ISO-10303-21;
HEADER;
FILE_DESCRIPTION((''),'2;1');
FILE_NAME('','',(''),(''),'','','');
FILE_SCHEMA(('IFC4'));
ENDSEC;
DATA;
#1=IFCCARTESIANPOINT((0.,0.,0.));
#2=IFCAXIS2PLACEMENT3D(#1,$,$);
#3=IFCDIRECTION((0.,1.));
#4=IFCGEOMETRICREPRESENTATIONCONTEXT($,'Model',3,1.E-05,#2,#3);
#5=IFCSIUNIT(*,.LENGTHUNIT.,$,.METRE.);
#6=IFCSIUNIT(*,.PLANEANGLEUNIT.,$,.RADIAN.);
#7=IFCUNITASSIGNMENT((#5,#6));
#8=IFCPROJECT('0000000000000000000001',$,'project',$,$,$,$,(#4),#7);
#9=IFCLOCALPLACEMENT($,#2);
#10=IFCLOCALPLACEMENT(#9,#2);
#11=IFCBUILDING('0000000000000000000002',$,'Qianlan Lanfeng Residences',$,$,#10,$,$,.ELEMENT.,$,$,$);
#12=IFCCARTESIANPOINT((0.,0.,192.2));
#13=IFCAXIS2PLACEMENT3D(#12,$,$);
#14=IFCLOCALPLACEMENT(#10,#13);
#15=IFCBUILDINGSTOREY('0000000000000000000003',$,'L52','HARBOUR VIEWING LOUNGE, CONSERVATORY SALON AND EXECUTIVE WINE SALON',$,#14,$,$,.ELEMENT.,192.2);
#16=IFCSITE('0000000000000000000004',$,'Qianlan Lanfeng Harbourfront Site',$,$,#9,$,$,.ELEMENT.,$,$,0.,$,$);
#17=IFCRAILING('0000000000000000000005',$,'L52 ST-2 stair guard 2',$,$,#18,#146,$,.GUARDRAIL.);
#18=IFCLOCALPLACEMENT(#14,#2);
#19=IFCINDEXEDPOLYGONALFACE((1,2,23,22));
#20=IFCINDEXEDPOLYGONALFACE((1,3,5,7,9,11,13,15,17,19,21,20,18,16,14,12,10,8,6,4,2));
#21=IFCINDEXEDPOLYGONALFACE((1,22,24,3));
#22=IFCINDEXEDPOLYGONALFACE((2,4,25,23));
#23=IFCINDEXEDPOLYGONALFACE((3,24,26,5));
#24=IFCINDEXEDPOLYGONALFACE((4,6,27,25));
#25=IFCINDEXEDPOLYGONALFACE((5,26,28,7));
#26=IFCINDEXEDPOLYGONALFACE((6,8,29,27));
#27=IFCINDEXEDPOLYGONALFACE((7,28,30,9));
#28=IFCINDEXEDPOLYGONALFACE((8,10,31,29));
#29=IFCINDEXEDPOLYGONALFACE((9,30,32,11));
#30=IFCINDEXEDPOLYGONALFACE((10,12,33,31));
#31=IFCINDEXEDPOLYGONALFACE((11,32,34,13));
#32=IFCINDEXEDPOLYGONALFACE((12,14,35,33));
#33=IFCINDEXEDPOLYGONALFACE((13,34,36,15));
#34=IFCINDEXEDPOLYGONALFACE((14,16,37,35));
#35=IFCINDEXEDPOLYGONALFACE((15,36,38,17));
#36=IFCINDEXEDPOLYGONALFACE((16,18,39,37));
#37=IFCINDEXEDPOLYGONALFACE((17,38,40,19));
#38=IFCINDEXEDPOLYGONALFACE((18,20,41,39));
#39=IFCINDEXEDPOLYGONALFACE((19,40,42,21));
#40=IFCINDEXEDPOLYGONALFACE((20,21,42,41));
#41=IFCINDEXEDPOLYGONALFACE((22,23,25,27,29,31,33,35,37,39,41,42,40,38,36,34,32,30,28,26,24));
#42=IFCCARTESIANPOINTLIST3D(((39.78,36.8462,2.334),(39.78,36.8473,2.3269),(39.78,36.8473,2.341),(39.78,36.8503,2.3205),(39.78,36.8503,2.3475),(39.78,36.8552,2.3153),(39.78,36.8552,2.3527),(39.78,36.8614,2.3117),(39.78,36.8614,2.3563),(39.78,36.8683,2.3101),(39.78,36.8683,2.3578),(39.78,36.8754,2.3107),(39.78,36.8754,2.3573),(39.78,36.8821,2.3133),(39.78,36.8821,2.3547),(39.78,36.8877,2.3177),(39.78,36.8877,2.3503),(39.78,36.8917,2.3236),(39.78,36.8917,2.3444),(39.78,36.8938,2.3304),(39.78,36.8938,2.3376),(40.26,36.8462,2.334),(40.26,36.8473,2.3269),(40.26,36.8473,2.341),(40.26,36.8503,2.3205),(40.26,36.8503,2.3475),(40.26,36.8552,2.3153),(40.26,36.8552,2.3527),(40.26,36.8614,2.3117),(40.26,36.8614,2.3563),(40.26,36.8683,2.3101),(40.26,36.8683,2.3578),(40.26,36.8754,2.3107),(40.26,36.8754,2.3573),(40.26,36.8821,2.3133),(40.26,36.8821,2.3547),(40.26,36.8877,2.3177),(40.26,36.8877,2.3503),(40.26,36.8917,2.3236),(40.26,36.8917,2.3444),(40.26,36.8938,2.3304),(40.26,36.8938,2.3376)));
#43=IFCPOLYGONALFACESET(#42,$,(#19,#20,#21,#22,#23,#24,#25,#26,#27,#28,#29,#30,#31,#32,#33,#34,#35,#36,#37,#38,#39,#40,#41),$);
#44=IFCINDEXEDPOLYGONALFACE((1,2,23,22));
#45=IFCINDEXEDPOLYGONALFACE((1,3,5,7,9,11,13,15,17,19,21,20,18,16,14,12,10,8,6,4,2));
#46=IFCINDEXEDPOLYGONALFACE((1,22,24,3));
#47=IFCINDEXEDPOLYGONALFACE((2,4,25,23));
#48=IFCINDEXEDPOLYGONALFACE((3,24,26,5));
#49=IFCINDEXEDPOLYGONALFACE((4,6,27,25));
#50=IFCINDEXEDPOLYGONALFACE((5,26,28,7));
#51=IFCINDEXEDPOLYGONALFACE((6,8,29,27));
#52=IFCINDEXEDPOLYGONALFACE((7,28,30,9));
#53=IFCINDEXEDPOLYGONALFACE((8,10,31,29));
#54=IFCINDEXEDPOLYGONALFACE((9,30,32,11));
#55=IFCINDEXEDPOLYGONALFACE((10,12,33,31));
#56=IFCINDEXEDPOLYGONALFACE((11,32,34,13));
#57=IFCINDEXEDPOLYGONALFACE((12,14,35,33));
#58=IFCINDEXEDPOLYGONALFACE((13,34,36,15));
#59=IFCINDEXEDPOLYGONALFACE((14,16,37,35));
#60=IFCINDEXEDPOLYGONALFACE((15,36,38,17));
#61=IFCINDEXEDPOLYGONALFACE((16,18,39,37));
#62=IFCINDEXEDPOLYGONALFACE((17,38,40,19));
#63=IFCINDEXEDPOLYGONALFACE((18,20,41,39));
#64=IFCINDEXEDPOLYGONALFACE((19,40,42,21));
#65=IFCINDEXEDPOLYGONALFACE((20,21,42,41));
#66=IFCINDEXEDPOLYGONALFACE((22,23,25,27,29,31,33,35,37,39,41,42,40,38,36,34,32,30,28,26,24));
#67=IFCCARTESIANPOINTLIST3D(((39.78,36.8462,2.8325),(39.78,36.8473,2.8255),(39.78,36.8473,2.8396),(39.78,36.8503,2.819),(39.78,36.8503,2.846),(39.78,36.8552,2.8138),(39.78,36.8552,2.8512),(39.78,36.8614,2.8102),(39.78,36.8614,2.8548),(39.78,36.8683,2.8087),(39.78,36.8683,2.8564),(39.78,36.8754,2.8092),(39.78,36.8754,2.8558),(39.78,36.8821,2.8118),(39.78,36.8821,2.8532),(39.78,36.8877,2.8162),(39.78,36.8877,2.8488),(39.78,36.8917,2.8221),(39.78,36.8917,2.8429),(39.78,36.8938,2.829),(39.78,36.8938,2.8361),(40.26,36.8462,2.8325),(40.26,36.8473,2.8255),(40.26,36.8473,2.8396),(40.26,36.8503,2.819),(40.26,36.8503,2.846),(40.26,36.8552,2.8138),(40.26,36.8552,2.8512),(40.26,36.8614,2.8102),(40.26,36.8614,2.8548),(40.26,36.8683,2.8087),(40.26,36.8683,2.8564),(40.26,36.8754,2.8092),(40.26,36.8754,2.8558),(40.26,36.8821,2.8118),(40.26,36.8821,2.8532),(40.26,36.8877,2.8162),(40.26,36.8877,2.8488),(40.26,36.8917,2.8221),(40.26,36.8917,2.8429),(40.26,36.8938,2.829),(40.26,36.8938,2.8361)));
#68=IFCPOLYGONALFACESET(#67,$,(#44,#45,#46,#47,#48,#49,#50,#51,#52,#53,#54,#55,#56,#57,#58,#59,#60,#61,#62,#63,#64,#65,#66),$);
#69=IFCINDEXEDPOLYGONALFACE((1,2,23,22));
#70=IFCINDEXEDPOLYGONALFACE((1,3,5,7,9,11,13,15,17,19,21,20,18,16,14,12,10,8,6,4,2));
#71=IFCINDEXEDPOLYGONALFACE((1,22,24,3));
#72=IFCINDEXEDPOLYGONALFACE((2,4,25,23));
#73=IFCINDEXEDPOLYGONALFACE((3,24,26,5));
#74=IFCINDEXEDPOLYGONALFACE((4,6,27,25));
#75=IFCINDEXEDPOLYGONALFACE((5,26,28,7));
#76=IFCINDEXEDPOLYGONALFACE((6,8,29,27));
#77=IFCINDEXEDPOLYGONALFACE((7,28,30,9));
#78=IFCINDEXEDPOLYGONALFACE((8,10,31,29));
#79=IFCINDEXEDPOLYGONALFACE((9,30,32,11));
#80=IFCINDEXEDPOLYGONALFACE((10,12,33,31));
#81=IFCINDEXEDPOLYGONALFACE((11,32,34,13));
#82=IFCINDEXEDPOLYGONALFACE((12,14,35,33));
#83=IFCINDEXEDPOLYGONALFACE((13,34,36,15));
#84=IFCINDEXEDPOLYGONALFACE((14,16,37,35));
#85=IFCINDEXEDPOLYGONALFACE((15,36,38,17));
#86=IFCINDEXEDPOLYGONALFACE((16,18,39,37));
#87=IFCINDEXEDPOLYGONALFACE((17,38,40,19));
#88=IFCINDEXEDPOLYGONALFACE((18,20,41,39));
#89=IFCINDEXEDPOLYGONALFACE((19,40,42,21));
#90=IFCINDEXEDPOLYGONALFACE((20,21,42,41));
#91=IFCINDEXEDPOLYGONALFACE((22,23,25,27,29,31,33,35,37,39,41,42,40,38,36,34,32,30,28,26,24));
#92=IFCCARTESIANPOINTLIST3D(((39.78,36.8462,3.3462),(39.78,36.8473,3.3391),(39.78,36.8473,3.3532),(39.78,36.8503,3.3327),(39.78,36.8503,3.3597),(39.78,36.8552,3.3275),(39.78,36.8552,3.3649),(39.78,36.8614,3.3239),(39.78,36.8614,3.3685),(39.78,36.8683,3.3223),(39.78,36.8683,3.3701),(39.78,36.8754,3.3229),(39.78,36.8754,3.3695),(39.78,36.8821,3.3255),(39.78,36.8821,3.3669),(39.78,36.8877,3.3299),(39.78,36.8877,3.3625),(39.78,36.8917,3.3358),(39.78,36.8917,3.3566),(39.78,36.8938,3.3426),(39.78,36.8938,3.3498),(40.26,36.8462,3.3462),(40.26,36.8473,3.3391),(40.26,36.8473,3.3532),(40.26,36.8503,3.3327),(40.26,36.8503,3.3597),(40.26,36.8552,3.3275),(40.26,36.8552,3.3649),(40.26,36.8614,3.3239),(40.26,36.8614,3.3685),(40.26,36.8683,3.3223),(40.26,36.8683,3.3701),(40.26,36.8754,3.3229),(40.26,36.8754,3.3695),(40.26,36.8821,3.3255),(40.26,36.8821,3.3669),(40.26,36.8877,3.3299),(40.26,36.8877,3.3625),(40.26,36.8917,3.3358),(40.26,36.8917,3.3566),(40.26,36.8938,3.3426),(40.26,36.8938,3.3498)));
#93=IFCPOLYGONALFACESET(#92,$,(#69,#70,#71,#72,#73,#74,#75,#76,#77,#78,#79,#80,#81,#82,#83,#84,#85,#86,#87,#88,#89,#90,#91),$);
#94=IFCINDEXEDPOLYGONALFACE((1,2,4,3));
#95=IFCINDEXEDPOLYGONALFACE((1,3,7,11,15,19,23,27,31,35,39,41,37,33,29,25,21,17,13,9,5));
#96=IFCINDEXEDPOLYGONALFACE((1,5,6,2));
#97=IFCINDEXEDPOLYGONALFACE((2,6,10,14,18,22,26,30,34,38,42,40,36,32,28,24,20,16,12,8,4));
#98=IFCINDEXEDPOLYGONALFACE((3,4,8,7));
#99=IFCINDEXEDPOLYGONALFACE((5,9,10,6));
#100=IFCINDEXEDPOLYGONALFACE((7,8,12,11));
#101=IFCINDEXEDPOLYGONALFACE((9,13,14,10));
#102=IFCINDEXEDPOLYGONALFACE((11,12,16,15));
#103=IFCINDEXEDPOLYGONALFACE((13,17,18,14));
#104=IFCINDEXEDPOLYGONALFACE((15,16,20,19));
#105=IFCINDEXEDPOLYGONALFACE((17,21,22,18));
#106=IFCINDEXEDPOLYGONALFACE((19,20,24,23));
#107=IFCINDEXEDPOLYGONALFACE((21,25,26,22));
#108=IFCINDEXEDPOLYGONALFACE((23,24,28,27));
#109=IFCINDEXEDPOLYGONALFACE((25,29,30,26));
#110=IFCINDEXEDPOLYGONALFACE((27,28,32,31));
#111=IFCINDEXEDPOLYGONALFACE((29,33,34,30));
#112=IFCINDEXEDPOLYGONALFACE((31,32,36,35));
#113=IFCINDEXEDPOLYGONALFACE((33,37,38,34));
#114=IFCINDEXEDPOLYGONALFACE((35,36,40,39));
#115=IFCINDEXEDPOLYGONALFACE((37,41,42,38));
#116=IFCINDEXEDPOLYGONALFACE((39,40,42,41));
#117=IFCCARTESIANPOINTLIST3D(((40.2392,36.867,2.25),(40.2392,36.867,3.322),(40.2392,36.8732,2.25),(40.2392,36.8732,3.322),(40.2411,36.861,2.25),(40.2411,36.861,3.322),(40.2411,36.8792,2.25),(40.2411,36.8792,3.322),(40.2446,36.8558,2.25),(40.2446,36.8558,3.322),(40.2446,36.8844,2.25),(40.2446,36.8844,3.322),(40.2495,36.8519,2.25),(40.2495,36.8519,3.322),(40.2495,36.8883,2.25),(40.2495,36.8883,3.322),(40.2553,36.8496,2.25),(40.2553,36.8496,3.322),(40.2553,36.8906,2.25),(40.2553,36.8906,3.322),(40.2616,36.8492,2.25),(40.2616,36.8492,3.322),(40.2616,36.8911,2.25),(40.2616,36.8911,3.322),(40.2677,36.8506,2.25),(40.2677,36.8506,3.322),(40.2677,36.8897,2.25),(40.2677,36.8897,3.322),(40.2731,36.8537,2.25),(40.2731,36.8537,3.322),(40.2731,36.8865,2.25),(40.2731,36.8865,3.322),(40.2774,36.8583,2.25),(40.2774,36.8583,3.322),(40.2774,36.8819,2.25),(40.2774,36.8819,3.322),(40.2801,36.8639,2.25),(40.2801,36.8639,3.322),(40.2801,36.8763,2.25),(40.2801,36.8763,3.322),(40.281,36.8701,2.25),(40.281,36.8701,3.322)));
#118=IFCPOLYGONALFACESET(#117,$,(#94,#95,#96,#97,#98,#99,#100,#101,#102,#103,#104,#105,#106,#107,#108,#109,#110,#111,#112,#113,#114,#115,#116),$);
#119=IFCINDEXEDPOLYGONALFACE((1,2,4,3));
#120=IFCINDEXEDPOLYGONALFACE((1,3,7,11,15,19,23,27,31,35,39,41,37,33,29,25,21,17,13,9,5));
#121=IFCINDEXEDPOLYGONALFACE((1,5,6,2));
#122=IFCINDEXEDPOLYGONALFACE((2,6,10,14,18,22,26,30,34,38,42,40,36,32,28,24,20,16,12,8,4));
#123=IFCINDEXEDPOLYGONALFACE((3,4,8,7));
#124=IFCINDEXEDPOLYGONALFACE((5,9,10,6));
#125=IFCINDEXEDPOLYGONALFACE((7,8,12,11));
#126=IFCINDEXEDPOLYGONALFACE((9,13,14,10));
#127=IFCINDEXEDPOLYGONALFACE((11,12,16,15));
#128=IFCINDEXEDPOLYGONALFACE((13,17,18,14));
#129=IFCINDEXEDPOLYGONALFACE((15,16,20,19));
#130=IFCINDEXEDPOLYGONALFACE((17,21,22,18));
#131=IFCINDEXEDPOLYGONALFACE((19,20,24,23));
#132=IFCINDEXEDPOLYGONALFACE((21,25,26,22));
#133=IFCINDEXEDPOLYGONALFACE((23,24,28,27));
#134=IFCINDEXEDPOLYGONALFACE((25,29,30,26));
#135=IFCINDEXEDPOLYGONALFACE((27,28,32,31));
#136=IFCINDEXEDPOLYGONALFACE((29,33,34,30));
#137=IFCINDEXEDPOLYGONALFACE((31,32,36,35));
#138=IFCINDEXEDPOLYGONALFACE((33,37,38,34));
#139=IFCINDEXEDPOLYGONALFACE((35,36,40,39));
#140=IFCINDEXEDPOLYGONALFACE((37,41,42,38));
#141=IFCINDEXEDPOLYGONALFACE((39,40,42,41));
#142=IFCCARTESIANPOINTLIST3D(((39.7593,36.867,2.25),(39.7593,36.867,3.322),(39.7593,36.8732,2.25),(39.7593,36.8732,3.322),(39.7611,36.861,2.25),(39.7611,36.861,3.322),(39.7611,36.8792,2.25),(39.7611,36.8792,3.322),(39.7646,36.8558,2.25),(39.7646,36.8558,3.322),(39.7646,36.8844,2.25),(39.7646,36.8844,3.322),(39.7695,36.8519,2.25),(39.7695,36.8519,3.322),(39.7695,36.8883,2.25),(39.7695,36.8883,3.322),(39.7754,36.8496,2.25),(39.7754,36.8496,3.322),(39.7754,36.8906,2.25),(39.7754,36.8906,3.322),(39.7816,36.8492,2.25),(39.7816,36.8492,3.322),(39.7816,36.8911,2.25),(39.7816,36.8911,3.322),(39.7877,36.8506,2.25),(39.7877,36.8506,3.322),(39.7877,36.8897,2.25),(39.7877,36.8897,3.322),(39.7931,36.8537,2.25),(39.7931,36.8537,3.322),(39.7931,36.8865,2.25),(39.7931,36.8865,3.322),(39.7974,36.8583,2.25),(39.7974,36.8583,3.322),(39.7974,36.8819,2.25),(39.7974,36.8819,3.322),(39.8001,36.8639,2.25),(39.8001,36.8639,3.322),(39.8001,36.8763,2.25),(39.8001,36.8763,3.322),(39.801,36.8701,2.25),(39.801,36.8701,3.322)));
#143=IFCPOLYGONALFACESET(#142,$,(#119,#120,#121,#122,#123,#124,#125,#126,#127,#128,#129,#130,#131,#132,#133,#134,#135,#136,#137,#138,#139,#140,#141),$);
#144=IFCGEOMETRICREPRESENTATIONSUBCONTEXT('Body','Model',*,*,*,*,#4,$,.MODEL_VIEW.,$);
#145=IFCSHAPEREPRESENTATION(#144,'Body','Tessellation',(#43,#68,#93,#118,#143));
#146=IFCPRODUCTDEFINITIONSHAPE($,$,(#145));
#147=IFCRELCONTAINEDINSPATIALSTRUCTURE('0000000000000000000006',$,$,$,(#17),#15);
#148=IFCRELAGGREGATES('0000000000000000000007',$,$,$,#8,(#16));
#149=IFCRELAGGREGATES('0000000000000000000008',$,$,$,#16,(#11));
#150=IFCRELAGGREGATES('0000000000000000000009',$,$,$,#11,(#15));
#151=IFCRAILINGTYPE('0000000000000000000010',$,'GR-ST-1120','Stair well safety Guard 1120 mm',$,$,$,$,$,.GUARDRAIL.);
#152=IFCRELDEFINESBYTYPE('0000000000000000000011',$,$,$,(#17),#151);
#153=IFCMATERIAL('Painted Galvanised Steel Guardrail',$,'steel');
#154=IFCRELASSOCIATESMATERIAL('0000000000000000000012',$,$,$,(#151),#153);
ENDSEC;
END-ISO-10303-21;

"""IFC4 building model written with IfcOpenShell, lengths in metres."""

from ifc_helpers import new_model, si_unit, direction, frame, origin, origin_2d, place, context, subcontext, project, spatial, circle, extrude, material, type_object, element, save


model = new_model("IFC4")

# Units and contexts
model_context = context("Model", 3, precision=1e-05, world=origin(), true_north=direction((0.0, 1.0)))
body_context = subcontext(model_context, "Body", "Model", "MODEL_VIEW")
ifc_project = project(units=[si_unit("LENGTHUNIT", "METRE"), si_unit("PLANEANGLEUNIT", "RADIAN")], contexts=[model_context])

# Site, building, storey
site_placement = place(None, origin())
site = spatial("IfcSite", under=ifc_project, at=site_placement, Name="Qianlan Lanfeng Harbourfront Site", CompositionType="ELEMENT", RefElevation=0.0)
building_placement = place(site_placement, origin())
building = spatial("IfcBuilding", under=site, at=building_placement, Name="Qianlan Lanfeng Residences", CompositionType="ELEMENT")
storey_placement = place(building_placement, frame((0.0, 0.0, 192.2)))
storey = spatial("IfcBuildingStorey", under=building, at=storey_placement, Name="L52", Description="HARBOUR VIEWING LOUNGE, CONSERVATORY SALON AND EXECUTIVE WINE SALON", CompositionType="ELEMENT", Elevation=192.2)

# Railing
ifc_material_1 = material(Name="Painted Galvanised Steel Guardrail", Category="steel")
railing_type_1 = type_object("IfcRailingType", Name="GR-ST-1120", Description="Stair well safety Guard 1120 mm", PredefinedType="GUARDRAIL", material=ifc_material_1)
railing_1_placement = place(storey_placement, frame((40.26, 36.8701, 2.25)))
element("IfcRailing", 1, at=railing_1_placement, inside=storey, type_object=railing_type_1, Name="L52 ST-2 stair guard 2", PredefinedType="GUARDRAIL", context=body_context, shape_type="SweptSolid", body=[
    extrude(circle(Radius=0.0239, at=origin_2d()), frame((0.0, 0.0, 0.084), z_axis=(-1.0, 0.0, 0.0), x_axis=(0.0, -1.0, 0.0)), (0.0, 0.0, 1.0), 0.48),
    extrude(circle(Radius=0.0239, at=origin_2d()), frame((0.0, 0.0, 0.5825), z_axis=(-1.0, 0.0, 0.0), x_axis=(0.0, -1.0, 0.0)), (0.0, 0.0, 1.0), 0.48),
    extrude(circle(Radius=0.0239, at=origin_2d()), frame((0.0, 0.0, 1.0962), z_axis=(-1.0, 0.0, 0.0), x_axis=(0.0, -1.0, 0.0)), (0.0, 0.0, 1.0), 0.48),
    extrude(circle(Radius=0.021, at=origin_2d()), origin(), (0.0, 0.0, 1.0), 1.072),
    extrude(circle(Radius=0.021, at=origin_2d()), frame((-0.48, 0.0, 0.0)), (0.0, 0.0, 1.0), 1.072),
])

save(model, "model.ifc")
